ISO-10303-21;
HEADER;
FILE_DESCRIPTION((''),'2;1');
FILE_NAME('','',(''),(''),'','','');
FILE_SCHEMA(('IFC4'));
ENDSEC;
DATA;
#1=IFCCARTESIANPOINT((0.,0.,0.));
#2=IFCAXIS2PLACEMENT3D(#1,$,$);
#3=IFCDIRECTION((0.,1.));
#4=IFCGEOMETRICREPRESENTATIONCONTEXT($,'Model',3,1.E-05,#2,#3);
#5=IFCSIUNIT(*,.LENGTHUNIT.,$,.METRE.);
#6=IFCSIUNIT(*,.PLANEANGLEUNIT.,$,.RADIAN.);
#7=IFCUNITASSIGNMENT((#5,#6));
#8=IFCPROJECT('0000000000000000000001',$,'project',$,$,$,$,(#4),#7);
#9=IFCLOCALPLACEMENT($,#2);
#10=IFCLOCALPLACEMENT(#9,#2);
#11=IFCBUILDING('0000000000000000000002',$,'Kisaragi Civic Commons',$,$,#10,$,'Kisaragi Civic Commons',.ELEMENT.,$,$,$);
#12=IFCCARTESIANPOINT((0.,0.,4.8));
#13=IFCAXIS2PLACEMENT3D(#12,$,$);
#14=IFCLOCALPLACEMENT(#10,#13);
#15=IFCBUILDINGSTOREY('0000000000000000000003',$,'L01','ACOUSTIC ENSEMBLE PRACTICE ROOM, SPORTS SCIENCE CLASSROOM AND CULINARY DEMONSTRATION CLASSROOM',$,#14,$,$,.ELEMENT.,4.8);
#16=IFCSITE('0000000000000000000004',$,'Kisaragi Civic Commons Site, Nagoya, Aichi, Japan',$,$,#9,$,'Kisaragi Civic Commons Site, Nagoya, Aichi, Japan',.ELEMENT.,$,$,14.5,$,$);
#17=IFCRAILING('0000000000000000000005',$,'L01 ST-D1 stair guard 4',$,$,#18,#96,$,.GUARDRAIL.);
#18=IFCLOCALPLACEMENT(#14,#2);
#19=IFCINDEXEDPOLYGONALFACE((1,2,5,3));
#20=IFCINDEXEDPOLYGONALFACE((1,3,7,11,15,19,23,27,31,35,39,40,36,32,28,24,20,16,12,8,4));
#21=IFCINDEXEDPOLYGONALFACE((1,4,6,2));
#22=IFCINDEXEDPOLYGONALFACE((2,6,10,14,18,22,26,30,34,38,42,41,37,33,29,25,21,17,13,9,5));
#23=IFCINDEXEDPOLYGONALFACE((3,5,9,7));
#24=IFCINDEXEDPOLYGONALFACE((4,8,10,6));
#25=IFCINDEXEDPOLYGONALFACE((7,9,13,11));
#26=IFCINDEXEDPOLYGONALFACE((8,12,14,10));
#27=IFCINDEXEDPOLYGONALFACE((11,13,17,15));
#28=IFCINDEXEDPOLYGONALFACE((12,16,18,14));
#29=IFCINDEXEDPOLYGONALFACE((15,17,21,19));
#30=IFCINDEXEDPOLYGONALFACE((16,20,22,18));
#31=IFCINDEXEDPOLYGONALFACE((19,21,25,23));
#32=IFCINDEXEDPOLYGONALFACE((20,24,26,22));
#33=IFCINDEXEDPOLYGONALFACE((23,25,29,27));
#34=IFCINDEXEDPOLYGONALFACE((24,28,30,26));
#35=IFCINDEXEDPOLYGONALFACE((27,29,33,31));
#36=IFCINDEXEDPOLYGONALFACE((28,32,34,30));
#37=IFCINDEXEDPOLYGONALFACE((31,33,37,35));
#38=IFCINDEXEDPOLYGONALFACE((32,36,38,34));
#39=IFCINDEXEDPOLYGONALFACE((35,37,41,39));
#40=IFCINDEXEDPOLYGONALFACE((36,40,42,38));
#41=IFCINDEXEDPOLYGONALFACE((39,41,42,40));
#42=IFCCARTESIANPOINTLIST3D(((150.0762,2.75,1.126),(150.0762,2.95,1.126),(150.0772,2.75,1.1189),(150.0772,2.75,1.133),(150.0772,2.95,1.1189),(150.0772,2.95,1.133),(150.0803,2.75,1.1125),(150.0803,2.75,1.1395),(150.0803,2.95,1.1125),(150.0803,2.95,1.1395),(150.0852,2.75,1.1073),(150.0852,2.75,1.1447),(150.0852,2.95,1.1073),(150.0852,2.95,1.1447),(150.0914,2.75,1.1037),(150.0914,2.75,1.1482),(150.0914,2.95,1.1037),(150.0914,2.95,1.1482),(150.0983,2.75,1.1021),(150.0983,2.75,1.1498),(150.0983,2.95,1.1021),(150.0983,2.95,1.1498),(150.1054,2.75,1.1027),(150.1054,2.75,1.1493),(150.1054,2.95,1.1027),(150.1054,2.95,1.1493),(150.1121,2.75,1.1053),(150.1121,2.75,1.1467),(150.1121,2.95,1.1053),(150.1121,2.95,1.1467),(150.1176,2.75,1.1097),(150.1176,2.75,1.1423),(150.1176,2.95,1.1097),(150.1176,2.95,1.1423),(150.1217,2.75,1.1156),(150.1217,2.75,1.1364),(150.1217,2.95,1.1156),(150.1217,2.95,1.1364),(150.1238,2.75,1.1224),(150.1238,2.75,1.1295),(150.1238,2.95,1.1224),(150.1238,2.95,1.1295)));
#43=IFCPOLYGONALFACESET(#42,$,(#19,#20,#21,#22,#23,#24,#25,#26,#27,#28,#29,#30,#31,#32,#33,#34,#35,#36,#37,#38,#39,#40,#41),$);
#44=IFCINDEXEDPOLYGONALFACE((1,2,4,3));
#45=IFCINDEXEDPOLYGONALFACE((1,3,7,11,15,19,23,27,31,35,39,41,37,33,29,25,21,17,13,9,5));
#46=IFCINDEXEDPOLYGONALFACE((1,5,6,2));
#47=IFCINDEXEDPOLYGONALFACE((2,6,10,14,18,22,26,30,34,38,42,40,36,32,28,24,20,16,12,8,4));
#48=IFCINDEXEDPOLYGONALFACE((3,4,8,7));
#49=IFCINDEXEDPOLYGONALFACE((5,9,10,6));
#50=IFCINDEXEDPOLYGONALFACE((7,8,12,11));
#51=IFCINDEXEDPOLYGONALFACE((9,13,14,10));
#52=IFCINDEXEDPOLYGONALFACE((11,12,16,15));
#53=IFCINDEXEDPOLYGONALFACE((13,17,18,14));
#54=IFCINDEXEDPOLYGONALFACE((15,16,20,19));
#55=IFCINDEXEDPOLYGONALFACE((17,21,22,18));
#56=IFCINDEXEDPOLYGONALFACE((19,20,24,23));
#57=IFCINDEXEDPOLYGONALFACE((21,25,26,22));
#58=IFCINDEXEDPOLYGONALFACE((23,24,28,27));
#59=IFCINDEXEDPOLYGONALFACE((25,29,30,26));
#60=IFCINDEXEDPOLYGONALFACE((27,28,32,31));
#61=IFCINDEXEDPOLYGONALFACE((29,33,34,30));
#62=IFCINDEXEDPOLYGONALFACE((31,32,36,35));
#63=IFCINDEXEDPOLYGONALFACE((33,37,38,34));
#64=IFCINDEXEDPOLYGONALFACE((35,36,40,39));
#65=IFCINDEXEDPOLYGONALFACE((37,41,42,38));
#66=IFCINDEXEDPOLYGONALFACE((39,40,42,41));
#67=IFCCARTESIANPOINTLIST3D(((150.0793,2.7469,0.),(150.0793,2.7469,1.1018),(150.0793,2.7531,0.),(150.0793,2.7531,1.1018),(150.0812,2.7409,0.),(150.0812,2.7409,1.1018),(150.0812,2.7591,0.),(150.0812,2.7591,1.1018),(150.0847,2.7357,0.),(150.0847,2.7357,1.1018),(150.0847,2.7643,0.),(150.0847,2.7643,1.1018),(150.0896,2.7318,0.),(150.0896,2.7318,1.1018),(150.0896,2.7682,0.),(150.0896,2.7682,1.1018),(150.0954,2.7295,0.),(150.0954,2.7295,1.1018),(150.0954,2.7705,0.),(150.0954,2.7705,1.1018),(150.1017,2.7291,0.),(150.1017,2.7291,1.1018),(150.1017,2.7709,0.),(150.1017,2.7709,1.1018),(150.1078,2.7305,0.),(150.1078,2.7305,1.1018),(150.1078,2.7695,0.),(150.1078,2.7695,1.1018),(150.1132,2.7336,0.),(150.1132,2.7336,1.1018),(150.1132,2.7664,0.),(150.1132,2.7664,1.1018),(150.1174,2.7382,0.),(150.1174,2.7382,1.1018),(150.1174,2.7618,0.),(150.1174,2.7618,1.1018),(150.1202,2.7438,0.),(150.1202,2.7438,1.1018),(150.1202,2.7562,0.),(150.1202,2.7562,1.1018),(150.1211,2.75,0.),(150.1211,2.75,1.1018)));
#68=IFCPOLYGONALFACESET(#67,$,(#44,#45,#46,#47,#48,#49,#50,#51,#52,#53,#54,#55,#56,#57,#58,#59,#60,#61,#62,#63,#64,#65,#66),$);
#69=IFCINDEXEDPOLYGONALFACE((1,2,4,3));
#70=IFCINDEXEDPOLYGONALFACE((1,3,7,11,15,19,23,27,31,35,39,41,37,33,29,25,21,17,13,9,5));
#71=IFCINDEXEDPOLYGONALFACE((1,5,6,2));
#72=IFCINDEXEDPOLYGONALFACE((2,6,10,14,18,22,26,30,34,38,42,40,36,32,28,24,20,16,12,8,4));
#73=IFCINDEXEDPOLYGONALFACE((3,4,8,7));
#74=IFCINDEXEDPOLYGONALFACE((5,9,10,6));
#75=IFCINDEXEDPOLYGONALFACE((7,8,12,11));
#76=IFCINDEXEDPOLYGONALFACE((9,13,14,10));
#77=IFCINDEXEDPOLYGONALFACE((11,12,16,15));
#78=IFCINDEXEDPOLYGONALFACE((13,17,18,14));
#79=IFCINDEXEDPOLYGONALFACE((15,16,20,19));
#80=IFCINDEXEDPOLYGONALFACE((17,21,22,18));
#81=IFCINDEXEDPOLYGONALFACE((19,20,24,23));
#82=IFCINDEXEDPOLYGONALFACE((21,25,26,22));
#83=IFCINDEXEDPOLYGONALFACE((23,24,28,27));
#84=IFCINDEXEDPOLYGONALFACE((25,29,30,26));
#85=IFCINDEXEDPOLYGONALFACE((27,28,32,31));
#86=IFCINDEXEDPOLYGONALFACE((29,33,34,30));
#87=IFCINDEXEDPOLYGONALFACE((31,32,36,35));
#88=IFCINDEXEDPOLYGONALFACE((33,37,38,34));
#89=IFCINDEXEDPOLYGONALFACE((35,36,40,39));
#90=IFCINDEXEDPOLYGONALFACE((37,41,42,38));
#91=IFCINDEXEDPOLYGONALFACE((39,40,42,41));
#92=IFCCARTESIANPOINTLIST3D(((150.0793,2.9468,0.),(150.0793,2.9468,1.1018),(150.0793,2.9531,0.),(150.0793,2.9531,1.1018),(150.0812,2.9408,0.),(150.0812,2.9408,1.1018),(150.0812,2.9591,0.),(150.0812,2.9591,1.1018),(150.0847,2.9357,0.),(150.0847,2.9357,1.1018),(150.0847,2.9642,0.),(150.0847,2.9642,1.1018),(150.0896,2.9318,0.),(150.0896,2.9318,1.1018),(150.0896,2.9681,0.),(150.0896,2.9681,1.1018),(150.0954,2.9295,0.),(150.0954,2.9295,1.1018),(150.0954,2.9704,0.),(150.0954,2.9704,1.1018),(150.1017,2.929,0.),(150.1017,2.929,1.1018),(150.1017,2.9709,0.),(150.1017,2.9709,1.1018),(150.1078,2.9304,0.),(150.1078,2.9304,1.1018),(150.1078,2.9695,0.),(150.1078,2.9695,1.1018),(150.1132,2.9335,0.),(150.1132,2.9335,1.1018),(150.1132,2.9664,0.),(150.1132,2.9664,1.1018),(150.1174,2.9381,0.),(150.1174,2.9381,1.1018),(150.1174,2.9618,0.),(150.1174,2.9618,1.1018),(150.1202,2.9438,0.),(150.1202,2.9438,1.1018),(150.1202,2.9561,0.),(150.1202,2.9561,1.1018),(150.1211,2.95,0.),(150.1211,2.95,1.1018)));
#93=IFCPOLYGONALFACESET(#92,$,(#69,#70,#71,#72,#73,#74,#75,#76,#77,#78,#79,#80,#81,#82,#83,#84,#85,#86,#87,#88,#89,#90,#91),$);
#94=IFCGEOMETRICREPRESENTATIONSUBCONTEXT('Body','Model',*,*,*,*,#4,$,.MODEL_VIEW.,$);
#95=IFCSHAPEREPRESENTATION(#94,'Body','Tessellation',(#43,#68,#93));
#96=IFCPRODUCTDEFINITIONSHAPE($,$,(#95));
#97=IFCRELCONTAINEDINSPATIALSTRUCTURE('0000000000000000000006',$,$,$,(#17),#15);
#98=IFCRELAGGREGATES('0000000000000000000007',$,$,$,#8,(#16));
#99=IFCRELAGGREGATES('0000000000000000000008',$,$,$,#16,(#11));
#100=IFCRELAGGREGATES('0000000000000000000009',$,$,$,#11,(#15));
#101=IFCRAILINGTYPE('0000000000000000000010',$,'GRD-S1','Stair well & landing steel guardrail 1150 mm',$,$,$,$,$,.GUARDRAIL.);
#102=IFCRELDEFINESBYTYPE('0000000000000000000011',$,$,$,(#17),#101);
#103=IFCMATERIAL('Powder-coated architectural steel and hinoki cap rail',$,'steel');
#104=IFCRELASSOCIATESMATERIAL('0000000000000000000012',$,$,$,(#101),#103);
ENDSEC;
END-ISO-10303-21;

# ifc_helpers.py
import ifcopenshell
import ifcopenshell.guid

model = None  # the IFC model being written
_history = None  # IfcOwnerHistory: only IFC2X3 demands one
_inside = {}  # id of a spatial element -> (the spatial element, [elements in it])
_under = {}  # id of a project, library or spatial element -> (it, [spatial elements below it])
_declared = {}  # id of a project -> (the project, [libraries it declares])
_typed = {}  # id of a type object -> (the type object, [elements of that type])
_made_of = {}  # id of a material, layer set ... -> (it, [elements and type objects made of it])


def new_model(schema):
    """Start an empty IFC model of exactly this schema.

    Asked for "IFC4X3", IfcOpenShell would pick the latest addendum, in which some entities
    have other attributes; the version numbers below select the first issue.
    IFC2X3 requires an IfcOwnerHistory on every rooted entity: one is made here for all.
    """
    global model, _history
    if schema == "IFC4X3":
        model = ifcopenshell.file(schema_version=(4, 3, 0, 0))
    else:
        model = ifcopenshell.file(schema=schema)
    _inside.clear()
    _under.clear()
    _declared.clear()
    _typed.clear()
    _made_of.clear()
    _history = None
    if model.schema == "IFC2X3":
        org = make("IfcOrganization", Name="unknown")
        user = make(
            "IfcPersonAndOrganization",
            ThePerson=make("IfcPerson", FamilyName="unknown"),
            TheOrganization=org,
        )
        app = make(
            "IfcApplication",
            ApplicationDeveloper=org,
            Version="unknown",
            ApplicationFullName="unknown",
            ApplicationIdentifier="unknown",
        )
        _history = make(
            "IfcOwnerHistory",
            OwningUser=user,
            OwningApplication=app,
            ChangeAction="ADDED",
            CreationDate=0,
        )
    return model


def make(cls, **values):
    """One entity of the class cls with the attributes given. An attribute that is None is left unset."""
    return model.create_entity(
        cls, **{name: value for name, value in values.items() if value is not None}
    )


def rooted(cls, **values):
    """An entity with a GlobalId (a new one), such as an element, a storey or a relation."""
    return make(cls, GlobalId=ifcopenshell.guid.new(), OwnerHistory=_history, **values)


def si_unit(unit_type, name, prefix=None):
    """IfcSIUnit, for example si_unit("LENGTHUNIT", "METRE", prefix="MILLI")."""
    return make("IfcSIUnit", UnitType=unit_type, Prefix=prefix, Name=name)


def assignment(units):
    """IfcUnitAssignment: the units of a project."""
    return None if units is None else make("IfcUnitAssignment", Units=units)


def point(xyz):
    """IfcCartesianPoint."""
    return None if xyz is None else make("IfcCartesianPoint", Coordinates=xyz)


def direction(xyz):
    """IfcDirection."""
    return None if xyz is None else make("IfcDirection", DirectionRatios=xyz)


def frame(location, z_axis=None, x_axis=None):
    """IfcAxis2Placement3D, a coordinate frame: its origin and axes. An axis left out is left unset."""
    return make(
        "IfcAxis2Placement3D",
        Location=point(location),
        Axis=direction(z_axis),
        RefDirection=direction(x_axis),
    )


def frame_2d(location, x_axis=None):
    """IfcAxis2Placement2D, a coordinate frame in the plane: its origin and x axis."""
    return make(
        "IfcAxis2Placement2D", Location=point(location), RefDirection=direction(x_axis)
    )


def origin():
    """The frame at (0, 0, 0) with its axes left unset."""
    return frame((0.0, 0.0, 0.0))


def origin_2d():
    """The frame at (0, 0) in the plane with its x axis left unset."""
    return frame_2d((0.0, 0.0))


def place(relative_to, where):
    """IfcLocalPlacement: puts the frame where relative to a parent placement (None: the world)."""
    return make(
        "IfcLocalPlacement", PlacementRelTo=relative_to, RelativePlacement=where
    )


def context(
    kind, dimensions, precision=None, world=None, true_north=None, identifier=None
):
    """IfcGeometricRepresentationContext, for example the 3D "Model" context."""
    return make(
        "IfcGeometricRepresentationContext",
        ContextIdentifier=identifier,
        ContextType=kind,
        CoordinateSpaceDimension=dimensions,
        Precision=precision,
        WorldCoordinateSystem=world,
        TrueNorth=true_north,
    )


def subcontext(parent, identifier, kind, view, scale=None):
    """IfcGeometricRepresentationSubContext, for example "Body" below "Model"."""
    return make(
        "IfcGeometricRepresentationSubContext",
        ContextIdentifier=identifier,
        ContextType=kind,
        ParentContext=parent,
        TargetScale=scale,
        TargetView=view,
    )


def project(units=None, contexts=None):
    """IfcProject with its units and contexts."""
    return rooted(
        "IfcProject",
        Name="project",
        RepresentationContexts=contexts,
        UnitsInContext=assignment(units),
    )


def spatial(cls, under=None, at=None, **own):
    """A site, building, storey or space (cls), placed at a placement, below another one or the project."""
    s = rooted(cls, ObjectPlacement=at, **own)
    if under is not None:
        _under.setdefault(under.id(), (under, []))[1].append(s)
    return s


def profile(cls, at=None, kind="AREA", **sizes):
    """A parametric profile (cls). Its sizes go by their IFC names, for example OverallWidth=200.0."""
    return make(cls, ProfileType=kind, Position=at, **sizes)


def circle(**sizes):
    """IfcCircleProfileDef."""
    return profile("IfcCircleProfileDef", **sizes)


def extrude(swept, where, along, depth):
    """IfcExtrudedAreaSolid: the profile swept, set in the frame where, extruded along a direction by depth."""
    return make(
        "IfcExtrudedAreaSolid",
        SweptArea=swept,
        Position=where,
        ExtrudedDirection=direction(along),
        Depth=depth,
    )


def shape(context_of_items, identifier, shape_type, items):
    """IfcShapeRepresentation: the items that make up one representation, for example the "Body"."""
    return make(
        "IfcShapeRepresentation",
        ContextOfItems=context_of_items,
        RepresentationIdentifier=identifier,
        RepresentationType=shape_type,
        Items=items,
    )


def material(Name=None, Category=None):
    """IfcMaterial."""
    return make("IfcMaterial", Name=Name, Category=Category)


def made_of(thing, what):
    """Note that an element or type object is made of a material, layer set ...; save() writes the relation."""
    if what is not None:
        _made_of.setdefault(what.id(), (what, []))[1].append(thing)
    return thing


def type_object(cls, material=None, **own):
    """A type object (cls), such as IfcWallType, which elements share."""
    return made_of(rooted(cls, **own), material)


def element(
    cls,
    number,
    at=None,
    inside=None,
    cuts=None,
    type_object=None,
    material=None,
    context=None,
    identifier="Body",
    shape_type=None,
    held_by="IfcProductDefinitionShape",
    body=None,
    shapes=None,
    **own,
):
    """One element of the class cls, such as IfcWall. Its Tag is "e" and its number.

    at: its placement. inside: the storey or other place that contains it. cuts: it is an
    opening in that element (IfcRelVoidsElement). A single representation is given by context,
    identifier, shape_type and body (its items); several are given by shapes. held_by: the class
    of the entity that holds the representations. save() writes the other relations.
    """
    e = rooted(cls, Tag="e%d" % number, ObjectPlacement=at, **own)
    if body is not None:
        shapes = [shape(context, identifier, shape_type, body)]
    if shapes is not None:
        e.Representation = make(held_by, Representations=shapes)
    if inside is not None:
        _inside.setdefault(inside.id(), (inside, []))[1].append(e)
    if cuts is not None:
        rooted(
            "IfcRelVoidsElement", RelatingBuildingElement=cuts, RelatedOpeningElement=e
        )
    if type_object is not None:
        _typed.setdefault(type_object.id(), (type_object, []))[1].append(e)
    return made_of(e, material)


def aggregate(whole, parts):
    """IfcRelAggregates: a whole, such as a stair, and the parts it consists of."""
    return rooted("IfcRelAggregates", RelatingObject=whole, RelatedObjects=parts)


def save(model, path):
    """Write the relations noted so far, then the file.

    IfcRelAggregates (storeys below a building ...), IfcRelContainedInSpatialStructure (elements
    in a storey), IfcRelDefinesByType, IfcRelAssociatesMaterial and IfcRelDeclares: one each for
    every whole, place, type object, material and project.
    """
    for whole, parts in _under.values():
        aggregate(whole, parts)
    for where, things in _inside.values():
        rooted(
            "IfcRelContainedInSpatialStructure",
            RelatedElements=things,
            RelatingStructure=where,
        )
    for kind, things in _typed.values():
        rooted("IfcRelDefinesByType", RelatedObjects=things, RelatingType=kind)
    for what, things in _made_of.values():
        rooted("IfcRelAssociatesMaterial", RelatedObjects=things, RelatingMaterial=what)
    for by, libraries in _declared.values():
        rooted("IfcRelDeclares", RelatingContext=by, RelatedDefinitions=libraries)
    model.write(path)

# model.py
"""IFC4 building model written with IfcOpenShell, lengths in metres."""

from ifc_helpers import new_model, si_unit, direction, frame, origin, origin_2d, place, context, subcontext, project, spatial, circle, extrude, material, type_object, element, save


model = new_model("IFC4")

# Units and contexts
model_context = context("Model", 3, precision=1e-05, world=origin(), true_north=direction((0.0, 1.0)))
body_context = subcontext(model_context, "Body", "Model", "MODEL_VIEW")
ifc_project = project(units=[si_unit("LENGTHUNIT", "METRE"), si_unit("PLANEANGLEUNIT", "RADIAN")], contexts=[model_context])

# Site, building, storey
site_placement = place(None, origin())
site = spatial("IfcSite", under=ifc_project, at=site_placement, Name="Kisaragi Civic Commons Site, Nagoya, Aichi, Japan", LongName="Kisaragi Civic Commons Site, Nagoya, Aichi, Japan", CompositionType="ELEMENT", RefElevation=14.5)
building_placement = place(site_placement, origin())
building = spatial("IfcBuilding", under=site, at=building_placement, Name="Kisaragi Civic Commons", LongName="Kisaragi Civic Commons", CompositionType="ELEMENT")
storey_placement = place(building_placement, frame((0.0, 0.0, 4.8)))
storey = spatial("IfcBuildingStorey", under=building, at=storey_placement, Name="L01", Description="ACOUSTIC ENSEMBLE PRACTICE ROOM, SPORTS SCIENCE CLASSROOM AND CULINARY DEMONSTRATION CLASSROOM", CompositionType="ELEMENT", Elevation=4.8)

# Railing
ifc_material_1 = material(Name="Powder-coated architectural steel and hinoki cap rail", Category="steel")
railing_type_1 = type_object("IfcRailingType", Name="GRD-S1", Description="Stair well & landing steel guardrail 1150 mm", PredefinedType="GUARDRAIL", material=ifc_material_1)
railing_1_placement = place(storey_placement, frame((150.1001, 2.75, 0.0)))
element("IfcRailing", 1, at=railing_1_placement, inside=storey, type_object=railing_type_1, Name="L01 ST-D1 stair guard 4", PredefinedType="GUARDRAIL", context=body_context, shape_type="SweptSolid", body=[
    extrude(circle(Radius=0.0239, at=origin_2d()), frame((0.0, 0.0, 1.126), z_axis=(0.0, 1.0, 0.0), x_axis=(-1.0, 0.0, 0.0)), (0.0, 0.0, 1.0), 0.2),
    extrude(circle(Radius=0.021, at=origin_2d()), origin(), (0.0, 0.0, 1.0), 1.1018),
    extrude(circle(Radius=0.021, at=origin_2d()), frame((0.0, 0.2, 0.0)), (0.0, 0.0, 1.0), 1.1018),
])

save(model, "model.ifc")
